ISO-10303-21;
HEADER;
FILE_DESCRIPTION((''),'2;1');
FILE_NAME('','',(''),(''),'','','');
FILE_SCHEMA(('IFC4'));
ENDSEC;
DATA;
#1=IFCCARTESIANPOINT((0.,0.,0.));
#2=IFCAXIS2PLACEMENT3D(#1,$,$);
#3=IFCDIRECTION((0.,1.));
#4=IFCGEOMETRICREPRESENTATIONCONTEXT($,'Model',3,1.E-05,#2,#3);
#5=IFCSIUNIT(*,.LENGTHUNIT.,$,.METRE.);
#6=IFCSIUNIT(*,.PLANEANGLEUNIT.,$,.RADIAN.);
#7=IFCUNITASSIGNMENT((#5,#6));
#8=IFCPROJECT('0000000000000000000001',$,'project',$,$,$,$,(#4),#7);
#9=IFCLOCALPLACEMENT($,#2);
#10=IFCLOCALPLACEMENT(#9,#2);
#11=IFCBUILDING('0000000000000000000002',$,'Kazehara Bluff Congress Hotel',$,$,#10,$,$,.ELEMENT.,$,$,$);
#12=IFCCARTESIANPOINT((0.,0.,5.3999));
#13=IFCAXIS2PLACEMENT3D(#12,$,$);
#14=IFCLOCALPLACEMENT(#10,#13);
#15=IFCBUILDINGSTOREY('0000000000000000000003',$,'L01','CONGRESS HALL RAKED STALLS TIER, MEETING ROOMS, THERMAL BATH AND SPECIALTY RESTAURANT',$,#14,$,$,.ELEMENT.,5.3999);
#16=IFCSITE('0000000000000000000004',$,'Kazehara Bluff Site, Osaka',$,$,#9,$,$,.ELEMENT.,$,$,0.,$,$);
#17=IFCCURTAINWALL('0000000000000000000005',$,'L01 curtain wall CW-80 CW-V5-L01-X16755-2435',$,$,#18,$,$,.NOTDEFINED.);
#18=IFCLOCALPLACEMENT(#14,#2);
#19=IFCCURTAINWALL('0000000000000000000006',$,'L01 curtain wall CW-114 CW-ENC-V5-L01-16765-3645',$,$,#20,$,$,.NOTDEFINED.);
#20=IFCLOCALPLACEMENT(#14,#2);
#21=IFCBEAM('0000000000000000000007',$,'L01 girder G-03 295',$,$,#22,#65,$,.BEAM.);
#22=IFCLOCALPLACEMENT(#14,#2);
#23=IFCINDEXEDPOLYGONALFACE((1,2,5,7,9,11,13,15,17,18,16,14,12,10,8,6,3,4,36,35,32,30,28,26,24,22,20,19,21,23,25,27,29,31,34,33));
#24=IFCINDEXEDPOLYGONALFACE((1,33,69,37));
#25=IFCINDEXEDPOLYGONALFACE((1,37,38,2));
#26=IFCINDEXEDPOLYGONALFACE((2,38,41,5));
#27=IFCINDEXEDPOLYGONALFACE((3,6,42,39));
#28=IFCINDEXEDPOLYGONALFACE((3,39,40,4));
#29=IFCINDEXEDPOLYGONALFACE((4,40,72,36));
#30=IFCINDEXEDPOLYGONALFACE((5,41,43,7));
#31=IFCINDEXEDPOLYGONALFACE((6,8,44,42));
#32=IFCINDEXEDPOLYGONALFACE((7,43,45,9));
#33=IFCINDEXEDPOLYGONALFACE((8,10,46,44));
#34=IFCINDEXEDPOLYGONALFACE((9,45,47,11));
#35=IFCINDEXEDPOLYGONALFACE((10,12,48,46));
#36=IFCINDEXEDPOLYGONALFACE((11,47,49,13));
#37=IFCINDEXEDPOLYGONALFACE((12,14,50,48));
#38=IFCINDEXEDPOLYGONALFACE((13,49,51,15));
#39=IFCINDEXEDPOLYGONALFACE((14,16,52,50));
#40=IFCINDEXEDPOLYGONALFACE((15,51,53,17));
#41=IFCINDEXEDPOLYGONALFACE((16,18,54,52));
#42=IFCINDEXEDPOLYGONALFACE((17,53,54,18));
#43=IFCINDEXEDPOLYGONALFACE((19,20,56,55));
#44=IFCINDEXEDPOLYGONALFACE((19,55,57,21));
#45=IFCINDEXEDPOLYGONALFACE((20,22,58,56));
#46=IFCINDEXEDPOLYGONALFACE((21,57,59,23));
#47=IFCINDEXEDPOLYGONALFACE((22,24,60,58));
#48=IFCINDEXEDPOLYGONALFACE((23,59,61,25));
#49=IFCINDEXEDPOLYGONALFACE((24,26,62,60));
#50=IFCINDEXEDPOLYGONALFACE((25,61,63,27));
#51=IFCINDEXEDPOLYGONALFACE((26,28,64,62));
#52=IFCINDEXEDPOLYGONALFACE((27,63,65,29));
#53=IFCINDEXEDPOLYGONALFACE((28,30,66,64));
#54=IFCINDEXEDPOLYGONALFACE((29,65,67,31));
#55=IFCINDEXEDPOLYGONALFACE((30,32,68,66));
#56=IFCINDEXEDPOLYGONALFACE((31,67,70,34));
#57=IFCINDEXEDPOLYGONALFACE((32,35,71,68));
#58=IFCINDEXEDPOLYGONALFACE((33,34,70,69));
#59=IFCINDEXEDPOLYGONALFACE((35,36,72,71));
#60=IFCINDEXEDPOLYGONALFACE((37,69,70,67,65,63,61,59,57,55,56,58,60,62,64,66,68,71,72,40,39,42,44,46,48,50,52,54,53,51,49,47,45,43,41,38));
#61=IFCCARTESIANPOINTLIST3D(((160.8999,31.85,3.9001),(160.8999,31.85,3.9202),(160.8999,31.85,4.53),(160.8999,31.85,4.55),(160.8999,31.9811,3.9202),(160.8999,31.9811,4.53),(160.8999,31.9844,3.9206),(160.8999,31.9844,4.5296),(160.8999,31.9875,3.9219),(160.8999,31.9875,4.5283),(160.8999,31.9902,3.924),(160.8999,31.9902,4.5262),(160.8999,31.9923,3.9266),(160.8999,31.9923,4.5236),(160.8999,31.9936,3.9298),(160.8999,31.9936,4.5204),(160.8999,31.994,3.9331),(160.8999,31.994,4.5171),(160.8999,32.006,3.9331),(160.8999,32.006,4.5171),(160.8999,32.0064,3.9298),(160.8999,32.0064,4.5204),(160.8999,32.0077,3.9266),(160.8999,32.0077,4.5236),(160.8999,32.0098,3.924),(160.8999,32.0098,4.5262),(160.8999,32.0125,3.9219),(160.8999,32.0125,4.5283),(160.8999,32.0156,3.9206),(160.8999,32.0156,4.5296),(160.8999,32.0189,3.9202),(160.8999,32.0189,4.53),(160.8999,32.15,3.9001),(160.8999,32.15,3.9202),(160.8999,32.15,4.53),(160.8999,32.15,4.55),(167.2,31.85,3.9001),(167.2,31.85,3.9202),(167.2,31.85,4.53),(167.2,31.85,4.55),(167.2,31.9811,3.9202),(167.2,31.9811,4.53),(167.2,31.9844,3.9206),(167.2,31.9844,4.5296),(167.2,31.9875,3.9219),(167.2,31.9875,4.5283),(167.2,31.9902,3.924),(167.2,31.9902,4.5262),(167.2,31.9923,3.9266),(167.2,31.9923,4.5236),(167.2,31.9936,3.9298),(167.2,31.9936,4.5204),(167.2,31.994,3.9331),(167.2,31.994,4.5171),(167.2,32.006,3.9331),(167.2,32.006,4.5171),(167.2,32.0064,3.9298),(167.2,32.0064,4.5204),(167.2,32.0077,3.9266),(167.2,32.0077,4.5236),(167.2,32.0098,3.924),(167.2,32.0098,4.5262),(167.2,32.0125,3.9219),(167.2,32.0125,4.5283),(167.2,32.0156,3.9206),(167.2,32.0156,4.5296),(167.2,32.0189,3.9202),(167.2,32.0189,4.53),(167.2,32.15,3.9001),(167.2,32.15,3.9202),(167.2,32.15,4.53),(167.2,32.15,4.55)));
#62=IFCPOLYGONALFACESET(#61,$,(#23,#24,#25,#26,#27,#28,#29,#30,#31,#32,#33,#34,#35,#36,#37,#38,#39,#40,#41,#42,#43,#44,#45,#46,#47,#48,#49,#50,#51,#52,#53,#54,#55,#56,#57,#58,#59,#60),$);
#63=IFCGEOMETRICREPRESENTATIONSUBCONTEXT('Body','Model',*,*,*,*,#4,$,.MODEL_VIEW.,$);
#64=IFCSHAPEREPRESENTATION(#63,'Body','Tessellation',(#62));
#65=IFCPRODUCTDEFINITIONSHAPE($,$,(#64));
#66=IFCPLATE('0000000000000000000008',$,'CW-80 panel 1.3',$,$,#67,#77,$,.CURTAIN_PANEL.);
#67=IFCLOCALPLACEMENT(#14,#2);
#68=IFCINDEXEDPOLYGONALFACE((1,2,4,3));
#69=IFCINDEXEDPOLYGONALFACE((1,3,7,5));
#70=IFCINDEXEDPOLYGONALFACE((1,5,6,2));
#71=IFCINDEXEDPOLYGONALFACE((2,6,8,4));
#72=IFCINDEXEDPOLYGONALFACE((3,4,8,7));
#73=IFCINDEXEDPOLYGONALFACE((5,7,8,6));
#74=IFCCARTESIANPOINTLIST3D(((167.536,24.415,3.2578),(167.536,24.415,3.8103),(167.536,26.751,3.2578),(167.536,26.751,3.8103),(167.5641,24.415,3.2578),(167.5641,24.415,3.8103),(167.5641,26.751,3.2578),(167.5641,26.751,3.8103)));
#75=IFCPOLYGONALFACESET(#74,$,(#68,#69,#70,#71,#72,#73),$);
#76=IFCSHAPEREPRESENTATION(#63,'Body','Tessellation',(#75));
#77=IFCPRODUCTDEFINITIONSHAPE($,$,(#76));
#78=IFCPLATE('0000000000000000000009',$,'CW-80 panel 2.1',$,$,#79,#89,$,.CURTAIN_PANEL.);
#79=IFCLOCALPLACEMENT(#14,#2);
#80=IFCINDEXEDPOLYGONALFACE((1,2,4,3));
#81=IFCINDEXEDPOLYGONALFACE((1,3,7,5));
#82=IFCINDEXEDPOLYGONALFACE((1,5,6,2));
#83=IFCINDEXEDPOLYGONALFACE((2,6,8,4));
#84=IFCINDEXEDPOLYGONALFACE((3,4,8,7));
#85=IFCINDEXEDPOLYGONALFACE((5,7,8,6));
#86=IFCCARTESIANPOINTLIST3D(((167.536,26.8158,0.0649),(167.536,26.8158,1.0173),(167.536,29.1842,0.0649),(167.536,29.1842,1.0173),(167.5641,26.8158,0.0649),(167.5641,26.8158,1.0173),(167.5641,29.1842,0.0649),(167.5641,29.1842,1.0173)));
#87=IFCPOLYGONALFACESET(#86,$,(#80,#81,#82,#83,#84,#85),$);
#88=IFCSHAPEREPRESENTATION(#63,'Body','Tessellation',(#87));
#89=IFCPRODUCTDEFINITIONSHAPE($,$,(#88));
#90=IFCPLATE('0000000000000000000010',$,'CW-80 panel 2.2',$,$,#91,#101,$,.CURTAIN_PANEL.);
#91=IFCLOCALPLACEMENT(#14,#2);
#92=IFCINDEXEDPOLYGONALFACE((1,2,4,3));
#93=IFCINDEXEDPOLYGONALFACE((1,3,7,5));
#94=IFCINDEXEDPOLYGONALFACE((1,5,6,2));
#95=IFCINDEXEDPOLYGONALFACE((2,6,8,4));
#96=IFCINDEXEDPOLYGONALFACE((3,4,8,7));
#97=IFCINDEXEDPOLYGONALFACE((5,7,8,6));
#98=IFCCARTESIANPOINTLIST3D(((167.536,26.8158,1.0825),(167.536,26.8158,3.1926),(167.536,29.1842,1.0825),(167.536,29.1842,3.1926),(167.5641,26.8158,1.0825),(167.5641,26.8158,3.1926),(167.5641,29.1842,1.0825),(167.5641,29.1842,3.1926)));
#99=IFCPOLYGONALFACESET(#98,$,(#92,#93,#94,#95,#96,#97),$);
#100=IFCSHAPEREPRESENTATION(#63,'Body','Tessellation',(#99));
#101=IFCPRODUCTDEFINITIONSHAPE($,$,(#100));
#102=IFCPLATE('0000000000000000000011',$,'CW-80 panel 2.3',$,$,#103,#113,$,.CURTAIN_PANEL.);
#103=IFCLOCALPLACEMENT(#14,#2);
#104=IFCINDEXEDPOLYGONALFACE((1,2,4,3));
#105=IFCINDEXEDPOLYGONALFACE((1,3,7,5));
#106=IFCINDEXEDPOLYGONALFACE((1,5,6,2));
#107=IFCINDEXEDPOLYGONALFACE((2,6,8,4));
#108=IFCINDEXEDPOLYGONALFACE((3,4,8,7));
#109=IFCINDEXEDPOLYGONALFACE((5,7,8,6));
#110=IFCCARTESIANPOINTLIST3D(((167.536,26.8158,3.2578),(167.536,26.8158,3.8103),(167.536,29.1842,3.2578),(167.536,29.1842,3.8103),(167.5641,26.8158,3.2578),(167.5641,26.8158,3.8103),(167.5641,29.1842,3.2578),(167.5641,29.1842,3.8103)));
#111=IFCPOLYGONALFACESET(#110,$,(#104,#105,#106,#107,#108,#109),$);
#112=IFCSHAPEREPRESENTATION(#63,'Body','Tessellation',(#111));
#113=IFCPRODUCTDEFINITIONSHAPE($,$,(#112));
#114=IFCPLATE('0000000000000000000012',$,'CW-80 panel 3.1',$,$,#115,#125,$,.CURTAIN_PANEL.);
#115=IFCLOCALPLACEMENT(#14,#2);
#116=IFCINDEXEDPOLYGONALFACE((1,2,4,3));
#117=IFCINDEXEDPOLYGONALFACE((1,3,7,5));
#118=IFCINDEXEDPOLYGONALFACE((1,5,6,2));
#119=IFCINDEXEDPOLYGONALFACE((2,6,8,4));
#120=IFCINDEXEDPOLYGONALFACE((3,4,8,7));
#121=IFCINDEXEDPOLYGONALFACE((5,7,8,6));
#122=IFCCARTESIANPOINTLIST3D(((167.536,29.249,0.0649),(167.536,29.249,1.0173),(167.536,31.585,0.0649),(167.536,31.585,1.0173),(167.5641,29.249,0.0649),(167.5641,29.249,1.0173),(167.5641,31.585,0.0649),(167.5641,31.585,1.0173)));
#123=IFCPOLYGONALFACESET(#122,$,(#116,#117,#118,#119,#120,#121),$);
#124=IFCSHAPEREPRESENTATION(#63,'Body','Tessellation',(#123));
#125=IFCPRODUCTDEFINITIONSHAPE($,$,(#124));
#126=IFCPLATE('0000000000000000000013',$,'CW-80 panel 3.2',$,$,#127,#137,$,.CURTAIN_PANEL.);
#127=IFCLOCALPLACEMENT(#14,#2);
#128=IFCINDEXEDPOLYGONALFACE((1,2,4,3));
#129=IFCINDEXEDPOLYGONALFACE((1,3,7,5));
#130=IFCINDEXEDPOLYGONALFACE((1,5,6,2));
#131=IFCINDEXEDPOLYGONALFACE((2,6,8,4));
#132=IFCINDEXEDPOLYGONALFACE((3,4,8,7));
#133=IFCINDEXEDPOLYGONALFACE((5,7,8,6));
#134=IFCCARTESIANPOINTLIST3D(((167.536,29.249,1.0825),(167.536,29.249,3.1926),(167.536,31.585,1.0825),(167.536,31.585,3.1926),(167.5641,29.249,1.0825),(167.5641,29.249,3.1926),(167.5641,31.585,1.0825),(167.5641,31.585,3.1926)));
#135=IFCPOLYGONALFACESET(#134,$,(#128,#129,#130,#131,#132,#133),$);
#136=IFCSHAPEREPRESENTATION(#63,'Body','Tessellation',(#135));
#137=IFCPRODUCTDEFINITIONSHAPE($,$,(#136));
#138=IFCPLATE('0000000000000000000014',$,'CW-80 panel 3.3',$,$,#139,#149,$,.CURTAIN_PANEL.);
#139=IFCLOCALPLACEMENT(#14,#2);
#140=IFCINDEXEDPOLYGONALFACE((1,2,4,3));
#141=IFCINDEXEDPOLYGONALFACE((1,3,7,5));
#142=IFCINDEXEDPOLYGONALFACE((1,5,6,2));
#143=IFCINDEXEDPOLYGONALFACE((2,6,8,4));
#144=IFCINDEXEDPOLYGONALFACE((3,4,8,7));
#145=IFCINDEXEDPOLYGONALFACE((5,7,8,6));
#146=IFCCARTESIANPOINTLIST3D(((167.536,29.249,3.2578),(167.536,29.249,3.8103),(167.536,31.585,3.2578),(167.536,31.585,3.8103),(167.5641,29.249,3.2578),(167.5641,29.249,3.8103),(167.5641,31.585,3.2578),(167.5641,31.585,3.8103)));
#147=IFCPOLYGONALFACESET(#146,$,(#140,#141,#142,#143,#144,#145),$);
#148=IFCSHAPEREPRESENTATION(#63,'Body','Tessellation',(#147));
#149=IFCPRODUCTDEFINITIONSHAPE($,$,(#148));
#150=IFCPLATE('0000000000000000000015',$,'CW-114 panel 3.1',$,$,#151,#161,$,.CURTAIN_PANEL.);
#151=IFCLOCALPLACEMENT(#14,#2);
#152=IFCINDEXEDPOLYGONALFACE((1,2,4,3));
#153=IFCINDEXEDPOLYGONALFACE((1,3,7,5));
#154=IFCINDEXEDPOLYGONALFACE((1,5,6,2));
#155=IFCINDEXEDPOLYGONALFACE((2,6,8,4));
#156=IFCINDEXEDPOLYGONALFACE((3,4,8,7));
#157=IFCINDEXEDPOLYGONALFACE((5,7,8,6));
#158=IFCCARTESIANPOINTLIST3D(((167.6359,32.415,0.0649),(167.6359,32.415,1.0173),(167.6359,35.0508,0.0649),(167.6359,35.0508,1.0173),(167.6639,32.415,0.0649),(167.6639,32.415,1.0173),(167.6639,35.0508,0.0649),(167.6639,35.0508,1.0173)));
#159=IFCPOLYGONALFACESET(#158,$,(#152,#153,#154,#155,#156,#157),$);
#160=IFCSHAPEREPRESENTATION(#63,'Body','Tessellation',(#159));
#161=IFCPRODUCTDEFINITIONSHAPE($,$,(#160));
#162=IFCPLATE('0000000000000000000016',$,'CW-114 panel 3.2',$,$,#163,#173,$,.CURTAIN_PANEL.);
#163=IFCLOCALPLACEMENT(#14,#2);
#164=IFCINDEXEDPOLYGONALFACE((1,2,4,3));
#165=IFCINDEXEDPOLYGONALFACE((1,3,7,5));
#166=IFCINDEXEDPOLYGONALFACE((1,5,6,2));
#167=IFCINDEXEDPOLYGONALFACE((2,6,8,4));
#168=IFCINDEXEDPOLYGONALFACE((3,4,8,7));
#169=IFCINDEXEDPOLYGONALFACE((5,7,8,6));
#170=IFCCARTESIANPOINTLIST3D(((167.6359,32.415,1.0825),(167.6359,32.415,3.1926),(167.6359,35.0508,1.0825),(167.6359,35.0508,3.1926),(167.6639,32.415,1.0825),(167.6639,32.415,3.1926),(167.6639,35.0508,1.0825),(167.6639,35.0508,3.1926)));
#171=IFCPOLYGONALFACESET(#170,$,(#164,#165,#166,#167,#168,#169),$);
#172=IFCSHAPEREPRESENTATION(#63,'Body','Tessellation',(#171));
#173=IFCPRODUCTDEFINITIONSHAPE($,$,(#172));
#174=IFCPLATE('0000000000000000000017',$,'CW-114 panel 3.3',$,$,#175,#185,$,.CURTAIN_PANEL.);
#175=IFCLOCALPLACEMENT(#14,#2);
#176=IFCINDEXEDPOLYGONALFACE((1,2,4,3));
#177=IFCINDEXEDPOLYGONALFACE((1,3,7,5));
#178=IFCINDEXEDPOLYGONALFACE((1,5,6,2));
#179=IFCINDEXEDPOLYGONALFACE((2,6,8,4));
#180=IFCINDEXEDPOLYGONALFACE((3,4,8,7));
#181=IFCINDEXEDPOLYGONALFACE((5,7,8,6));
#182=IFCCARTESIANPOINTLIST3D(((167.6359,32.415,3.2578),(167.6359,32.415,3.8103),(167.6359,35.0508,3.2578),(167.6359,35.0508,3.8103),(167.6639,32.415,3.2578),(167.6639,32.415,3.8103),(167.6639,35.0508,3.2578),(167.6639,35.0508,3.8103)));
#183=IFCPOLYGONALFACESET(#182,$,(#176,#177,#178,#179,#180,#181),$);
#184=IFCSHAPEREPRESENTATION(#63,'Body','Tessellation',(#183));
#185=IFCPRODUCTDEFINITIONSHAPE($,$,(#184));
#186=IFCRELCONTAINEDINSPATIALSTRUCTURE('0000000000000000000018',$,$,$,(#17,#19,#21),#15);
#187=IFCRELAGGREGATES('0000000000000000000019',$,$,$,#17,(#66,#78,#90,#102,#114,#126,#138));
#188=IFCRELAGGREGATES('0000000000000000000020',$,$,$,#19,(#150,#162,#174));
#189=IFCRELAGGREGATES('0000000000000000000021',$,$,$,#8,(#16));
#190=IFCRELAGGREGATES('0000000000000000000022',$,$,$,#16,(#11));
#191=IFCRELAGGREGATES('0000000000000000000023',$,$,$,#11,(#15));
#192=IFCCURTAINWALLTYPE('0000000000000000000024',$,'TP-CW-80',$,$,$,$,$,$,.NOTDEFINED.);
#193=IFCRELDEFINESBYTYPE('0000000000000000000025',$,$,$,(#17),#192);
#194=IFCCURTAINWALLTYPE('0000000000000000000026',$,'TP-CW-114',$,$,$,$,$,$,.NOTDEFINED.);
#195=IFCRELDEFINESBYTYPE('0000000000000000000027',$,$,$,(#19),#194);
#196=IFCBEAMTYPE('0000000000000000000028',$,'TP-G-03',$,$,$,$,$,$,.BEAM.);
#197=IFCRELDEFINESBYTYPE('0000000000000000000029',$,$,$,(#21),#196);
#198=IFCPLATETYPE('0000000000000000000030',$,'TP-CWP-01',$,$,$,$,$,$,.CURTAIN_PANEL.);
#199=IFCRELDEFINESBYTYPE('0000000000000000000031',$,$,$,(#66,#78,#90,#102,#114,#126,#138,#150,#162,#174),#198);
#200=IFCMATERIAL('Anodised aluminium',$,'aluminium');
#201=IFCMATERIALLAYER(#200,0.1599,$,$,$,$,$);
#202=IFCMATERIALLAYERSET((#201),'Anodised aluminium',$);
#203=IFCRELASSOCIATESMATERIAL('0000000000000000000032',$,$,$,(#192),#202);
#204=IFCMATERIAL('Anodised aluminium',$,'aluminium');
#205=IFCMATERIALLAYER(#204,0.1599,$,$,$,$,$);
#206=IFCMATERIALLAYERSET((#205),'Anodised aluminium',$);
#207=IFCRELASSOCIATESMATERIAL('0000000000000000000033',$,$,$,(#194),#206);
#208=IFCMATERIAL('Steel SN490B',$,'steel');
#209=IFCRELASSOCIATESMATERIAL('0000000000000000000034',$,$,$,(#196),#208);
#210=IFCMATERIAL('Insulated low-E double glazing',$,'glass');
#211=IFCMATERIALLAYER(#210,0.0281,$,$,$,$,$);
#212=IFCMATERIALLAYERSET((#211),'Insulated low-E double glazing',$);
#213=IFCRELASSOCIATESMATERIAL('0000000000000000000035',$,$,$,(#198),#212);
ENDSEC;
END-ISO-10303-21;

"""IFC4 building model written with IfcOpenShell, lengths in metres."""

from ifc_helpers import new_model, si_unit, direction, frame, origin, origin_2d, place, context, subcontext, project, spatial, rectangle, i_section, extrude, material, layer, layer_set, material_profile, profile_set, type_object, element, aggregate, save


model = new_model("IFC4")

# Units and contexts
model_context = context("Model", 3, precision=1e-05, world=origin(), true_north=direction((0.0, 1.0)))
body_context = subcontext(model_context, "Body", "Model", "MODEL_VIEW")
ifc_project = project(units=[si_unit("LENGTHUNIT", "METRE"), si_unit("PLANEANGLEUNIT", "RADIAN")], contexts=[model_context])

# Site, building, storey
site_placement = place(None, origin())
site = spatial("IfcSite", under=ifc_project, at=site_placement, Name="Kazehara Bluff Site, Osaka", CompositionType="ELEMENT", RefElevation=0.0)
building_placement = place(site_placement, origin())
building = spatial("IfcBuilding", under=site, at=building_placement, Name="Kazehara Bluff Congress Hotel", CompositionType="ELEMENT")
storey_placement = place(building_placement, frame((0.0, 0.0, 5.3999)))
storey = spatial("IfcBuildingStorey", under=building, at=storey_placement, Name="L01", Description="CONGRESS HALL RAKED STALLS TIER, MEETING ROOMS, THERMAL BATH AND SPECIALTY RESTAURANT", CompositionType="ELEMENT", Elevation=5.3999)

# Curtain walls
ifc_material_1 = material(Name="Anodised aluminium", Category="aluminium")
ifc_layer_1 = layer(ifc_material_1, 0.1599)
ifc_layer_set_1 = layer_set([ifc_layer_1], Name="Anodised aluminium")
curtain_wall_type_1 = type_object("IfcCurtainWallType", Name="TP-CW-80", PredefinedType="NOTDEFINED", material=ifc_layer_set_1)
curtain_wall_1_placement = place(storey_placement, origin())
curtain_wall_1 = element("IfcCurtainWall", 1, at=curtain_wall_1_placement, inside=storey, type_object=curtain_wall_type_1, Name="L01 curtain wall CW-80 CW-V5-L01-X16755-2435", PredefinedType="NOTDEFINED")
ifc_material_2 = material(Name="Anodised aluminium", Category="aluminium")
ifc_layer_2 = layer(ifc_material_2, 0.1599)
ifc_layer_set_2 = layer_set([ifc_layer_2], Name="Anodised aluminium")
curtain_wall_type_2 = type_object("IfcCurtainWallType", Name="TP-CW-114", PredefinedType="NOTDEFINED", material=ifc_layer_set_2)
curtain_wall_2_placement = place(storey_placement, origin())
curtain_wall_2 = element("IfcCurtainWall", 2, at=curtain_wall_2_placement, inside=storey, type_object=curtain_wall_type_2, Name="L01 curtain wall CW-114 CW-ENC-V5-L01-16765-3645", PredefinedType="NOTDEFINED")

# Beam
ifc_material_3 = material(Name="Steel SN490B", Category="steel")
ifc_material_profile_1 = material_profile(ifc_material_3, i_section(OverallWidth=0.3, OverallDepth=0.6499, WebThickness=0.012, FlangeThickness=0.02, FilletRadius=0.0129, at=origin_2d()))
ifc_profile_set_1 = profile_set([ifc_material_profile_1], Name="Steel SN490B")
beam_type = type_object("IfcBeamType", Name="TP-G-03", PredefinedType="BEAM", material=ifc_profile_set_1)
beam_1_placement = place(storey_placement, frame((160.8999, 32.0, 4.2251), z_axis=(1.0, 0.0, 0.0), x_axis=(0.0, 1.0, 0.0)))
element("IfcBeam", 3, at=beam_1_placement, inside=storey, type_object=beam_type, Name="L01 girder G-03 295", PredefinedType="BEAM", context=body_context, shape_type="SweptSolid", body=[
    extrude(i_section(OverallWidth=0.3, OverallDepth=0.6499, WebThickness=0.012, FlangeThickness=0.02, FilletRadius=0.0129, at=origin_2d()), origin(), (0.0, 0.0, 1.0), 6.3),
])

# Plates
ifc_material_4 = material(Name="Insulated low-E double glazing", Category="glass")
ifc_layer_3 = layer(ifc_material_4, 0.0281)
ifc_layer_set_3 = layer_set([ifc_layer_3], Name="Insulated low-E double glazing")
plate_type = type_object("IfcPlateType", Name="TP-CWP-01", PredefinedType="CURTAIN_PANEL", material=ifc_layer_set_3)
plate_1_placement = place(storey_placement, frame((167.55, 25.583, 3.2578), z_axis=(0.0, 0.0, 1.0), x_axis=(0.0, 1.0, 0.0)))
plate_1 = element("IfcPlate", 4, at=plate_1_placement, type_object=plate_type, Name="CW-80 panel 1.3", PredefinedType="CURTAIN_PANEL", context=body_context, shape_type="SweptSolid", body=[
    extrude(rectangle(XDim=2.3359, YDim=0.0281, at=origin_2d()), origin(), (0.0, 0.0, 1.0), 0.5525),
])
plate_2_placement = place(storey_placement, frame((167.55, 28.0, 0.0649), z_axis=(0.0, 0.0, 1.0), x_axis=(0.0, 1.0, 0.0)))
plate_2 = element("IfcPlate", 5, at=plate_2_placement, type_object=plate_type, Name="CW-80 panel 2.1", PredefinedType="CURTAIN_PANEL", context=body_context, shape_type="SweptSolid", body=[
    extrude(rectangle(XDim=2.3684, YDim=0.0281, at=origin_2d()), origin(), (0.0, 0.0, 1.0), 0.9524),
])
plate_3_placement = place(storey_placement, frame((167.55, 28.0, 1.0825), z_axis=(0.0, 0.0, 1.0), x_axis=(0.0, 1.0, 0.0)))
plate_3 = element("IfcPlate", 6, at=plate_3_placement, type_object=plate_type, Name="CW-80 panel 2.2", PredefinedType="CURTAIN_PANEL", context=body_context, shape_type="SweptSolid", body=[
    extrude(rectangle(XDim=2.3684, YDim=0.0281, at=origin_2d()), origin(), (0.0, 0.0, 1.0), 2.1101),
])
plate_4_placement = place(storey_placement, frame((167.55, 28.0, 3.2578), z_axis=(0.0, 0.0, 1.0), x_axis=(0.0, 1.0, 0.0)))
plate_4 = element("IfcPlate", 7, at=plate_4_placement, type_object=plate_type, Name="CW-80 panel 2.3", PredefinedType="CURTAIN_PANEL", context=body_context, shape_type="SweptSolid", body=[
    extrude(rectangle(XDim=2.3684, YDim=0.0281, at=origin_2d()), origin(), (0.0, 0.0, 1.0), 0.5525),
])
plate_5_placement = place(storey_placement, frame((167.55, 30.417, 0.0649), z_axis=(0.0, 0.0, 1.0), x_axis=(0.0, 1.0, 0.0)))
plate_5 = element("IfcPlate", 8, at=plate_5_placement, type_object=plate_type, Name="CW-80 panel 3.1", PredefinedType="CURTAIN_PANEL", context=body_context, shape_type="SweptSolid", body=[
    extrude(rectangle(XDim=2.3359, YDim=0.0281, at=origin_2d()), origin(), (0.0, 0.0, 1.0), 0.9524),
])
plate_6_placement = place(storey_placement, frame((167.55, 30.417, 1.0825), z_axis=(0.0, 0.0, 1.0), x_axis=(0.0, 1.0, 0.0)))
plate_6 = element("IfcPlate", 9, at=plate_6_placement, type_object=plate_type, Name="CW-80 panel 3.2", PredefinedType="CURTAIN_PANEL", context=body_context, shape_type="SweptSolid", body=[
    extrude(rectangle(XDim=2.3359, YDim=0.0281, at=origin_2d()), origin(), (0.0, 0.0, 1.0), 2.1101),
])
plate_7_placement = place(storey_placement, frame((167.55, 30.417, 3.2578), z_axis=(0.0, 0.0, 1.0), x_axis=(0.0, 1.0, 0.0)))
plate_7 = element("IfcPlate", 10, at=plate_7_placement, type_object=plate_type, Name="CW-80 panel 3.3", PredefinedType="CURTAIN_PANEL", context=body_context, shape_type="SweptSolid", body=[
    extrude(rectangle(XDim=2.3359, YDim=0.0281, at=origin_2d()), origin(), (0.0, 0.0, 1.0), 0.5525),
])
aggregate(curtain_wall_1, [plate_1, plate_2, plate_3, plate_4, plate_5, plate_6, plate_7])
plate_8_placement = place(storey_placement, frame((167.6499, 33.7329, 0.0649), z_axis=(0.0, 0.0, 1.0), x_axis=(0.0, -1.0, 0.0)))
plate_8 = element("IfcPlate", 11, at=plate_8_placement, type_object=plate_type, Name="CW-114 panel 3.1", PredefinedType="CURTAIN_PANEL", context=body_context, shape_type="SweptSolid", body=[
    extrude(rectangle(XDim=2.6357, YDim=0.0281, at=origin_2d()), origin(), (0.0, 0.0, 1.0), 0.9524),
])
plate_9_placement = place(storey_placement, frame((167.6499, 33.7329, 1.0825), z_axis=(0.0, 0.0, 1.0), x_axis=(0.0, -1.0, 0.0)))
plate_9 = element("IfcPlate", 12, at=plate_9_placement, type_object=plate_type, Name="CW-114 panel 3.2", PredefinedType="CURTAIN_PANEL", context=body_context, shape_type="SweptSolid", body=[
    extrude(rectangle(XDim=2.6357, YDim=0.0281, at=origin_2d()), origin(), (0.0, 0.0, 1.0), 2.1101),
])
plate_10_placement = place(storey_placement, frame((167.6499, 33.7329, 3.2578), z_axis=(0.0, 0.0, 1.0), x_axis=(0.0, -1.0, 0.0)))
plate_10 = element("IfcPlate", 13, at=plate_10_placement, type_object=plate_type, Name="CW-114 panel 3.3", PredefinedType="CURTAIN_PANEL", context=body_context, shape_type="SweptSolid", body=[
    extrude(rectangle(XDim=2.6357, YDim=0.0281, at=origin_2d()), origin(), (0.0, 0.0, 1.0), 0.5525),
])
aggregate(curtain_wall_2, [plate_8, plate_9, plate_10])

save(model, "model.ifc")
